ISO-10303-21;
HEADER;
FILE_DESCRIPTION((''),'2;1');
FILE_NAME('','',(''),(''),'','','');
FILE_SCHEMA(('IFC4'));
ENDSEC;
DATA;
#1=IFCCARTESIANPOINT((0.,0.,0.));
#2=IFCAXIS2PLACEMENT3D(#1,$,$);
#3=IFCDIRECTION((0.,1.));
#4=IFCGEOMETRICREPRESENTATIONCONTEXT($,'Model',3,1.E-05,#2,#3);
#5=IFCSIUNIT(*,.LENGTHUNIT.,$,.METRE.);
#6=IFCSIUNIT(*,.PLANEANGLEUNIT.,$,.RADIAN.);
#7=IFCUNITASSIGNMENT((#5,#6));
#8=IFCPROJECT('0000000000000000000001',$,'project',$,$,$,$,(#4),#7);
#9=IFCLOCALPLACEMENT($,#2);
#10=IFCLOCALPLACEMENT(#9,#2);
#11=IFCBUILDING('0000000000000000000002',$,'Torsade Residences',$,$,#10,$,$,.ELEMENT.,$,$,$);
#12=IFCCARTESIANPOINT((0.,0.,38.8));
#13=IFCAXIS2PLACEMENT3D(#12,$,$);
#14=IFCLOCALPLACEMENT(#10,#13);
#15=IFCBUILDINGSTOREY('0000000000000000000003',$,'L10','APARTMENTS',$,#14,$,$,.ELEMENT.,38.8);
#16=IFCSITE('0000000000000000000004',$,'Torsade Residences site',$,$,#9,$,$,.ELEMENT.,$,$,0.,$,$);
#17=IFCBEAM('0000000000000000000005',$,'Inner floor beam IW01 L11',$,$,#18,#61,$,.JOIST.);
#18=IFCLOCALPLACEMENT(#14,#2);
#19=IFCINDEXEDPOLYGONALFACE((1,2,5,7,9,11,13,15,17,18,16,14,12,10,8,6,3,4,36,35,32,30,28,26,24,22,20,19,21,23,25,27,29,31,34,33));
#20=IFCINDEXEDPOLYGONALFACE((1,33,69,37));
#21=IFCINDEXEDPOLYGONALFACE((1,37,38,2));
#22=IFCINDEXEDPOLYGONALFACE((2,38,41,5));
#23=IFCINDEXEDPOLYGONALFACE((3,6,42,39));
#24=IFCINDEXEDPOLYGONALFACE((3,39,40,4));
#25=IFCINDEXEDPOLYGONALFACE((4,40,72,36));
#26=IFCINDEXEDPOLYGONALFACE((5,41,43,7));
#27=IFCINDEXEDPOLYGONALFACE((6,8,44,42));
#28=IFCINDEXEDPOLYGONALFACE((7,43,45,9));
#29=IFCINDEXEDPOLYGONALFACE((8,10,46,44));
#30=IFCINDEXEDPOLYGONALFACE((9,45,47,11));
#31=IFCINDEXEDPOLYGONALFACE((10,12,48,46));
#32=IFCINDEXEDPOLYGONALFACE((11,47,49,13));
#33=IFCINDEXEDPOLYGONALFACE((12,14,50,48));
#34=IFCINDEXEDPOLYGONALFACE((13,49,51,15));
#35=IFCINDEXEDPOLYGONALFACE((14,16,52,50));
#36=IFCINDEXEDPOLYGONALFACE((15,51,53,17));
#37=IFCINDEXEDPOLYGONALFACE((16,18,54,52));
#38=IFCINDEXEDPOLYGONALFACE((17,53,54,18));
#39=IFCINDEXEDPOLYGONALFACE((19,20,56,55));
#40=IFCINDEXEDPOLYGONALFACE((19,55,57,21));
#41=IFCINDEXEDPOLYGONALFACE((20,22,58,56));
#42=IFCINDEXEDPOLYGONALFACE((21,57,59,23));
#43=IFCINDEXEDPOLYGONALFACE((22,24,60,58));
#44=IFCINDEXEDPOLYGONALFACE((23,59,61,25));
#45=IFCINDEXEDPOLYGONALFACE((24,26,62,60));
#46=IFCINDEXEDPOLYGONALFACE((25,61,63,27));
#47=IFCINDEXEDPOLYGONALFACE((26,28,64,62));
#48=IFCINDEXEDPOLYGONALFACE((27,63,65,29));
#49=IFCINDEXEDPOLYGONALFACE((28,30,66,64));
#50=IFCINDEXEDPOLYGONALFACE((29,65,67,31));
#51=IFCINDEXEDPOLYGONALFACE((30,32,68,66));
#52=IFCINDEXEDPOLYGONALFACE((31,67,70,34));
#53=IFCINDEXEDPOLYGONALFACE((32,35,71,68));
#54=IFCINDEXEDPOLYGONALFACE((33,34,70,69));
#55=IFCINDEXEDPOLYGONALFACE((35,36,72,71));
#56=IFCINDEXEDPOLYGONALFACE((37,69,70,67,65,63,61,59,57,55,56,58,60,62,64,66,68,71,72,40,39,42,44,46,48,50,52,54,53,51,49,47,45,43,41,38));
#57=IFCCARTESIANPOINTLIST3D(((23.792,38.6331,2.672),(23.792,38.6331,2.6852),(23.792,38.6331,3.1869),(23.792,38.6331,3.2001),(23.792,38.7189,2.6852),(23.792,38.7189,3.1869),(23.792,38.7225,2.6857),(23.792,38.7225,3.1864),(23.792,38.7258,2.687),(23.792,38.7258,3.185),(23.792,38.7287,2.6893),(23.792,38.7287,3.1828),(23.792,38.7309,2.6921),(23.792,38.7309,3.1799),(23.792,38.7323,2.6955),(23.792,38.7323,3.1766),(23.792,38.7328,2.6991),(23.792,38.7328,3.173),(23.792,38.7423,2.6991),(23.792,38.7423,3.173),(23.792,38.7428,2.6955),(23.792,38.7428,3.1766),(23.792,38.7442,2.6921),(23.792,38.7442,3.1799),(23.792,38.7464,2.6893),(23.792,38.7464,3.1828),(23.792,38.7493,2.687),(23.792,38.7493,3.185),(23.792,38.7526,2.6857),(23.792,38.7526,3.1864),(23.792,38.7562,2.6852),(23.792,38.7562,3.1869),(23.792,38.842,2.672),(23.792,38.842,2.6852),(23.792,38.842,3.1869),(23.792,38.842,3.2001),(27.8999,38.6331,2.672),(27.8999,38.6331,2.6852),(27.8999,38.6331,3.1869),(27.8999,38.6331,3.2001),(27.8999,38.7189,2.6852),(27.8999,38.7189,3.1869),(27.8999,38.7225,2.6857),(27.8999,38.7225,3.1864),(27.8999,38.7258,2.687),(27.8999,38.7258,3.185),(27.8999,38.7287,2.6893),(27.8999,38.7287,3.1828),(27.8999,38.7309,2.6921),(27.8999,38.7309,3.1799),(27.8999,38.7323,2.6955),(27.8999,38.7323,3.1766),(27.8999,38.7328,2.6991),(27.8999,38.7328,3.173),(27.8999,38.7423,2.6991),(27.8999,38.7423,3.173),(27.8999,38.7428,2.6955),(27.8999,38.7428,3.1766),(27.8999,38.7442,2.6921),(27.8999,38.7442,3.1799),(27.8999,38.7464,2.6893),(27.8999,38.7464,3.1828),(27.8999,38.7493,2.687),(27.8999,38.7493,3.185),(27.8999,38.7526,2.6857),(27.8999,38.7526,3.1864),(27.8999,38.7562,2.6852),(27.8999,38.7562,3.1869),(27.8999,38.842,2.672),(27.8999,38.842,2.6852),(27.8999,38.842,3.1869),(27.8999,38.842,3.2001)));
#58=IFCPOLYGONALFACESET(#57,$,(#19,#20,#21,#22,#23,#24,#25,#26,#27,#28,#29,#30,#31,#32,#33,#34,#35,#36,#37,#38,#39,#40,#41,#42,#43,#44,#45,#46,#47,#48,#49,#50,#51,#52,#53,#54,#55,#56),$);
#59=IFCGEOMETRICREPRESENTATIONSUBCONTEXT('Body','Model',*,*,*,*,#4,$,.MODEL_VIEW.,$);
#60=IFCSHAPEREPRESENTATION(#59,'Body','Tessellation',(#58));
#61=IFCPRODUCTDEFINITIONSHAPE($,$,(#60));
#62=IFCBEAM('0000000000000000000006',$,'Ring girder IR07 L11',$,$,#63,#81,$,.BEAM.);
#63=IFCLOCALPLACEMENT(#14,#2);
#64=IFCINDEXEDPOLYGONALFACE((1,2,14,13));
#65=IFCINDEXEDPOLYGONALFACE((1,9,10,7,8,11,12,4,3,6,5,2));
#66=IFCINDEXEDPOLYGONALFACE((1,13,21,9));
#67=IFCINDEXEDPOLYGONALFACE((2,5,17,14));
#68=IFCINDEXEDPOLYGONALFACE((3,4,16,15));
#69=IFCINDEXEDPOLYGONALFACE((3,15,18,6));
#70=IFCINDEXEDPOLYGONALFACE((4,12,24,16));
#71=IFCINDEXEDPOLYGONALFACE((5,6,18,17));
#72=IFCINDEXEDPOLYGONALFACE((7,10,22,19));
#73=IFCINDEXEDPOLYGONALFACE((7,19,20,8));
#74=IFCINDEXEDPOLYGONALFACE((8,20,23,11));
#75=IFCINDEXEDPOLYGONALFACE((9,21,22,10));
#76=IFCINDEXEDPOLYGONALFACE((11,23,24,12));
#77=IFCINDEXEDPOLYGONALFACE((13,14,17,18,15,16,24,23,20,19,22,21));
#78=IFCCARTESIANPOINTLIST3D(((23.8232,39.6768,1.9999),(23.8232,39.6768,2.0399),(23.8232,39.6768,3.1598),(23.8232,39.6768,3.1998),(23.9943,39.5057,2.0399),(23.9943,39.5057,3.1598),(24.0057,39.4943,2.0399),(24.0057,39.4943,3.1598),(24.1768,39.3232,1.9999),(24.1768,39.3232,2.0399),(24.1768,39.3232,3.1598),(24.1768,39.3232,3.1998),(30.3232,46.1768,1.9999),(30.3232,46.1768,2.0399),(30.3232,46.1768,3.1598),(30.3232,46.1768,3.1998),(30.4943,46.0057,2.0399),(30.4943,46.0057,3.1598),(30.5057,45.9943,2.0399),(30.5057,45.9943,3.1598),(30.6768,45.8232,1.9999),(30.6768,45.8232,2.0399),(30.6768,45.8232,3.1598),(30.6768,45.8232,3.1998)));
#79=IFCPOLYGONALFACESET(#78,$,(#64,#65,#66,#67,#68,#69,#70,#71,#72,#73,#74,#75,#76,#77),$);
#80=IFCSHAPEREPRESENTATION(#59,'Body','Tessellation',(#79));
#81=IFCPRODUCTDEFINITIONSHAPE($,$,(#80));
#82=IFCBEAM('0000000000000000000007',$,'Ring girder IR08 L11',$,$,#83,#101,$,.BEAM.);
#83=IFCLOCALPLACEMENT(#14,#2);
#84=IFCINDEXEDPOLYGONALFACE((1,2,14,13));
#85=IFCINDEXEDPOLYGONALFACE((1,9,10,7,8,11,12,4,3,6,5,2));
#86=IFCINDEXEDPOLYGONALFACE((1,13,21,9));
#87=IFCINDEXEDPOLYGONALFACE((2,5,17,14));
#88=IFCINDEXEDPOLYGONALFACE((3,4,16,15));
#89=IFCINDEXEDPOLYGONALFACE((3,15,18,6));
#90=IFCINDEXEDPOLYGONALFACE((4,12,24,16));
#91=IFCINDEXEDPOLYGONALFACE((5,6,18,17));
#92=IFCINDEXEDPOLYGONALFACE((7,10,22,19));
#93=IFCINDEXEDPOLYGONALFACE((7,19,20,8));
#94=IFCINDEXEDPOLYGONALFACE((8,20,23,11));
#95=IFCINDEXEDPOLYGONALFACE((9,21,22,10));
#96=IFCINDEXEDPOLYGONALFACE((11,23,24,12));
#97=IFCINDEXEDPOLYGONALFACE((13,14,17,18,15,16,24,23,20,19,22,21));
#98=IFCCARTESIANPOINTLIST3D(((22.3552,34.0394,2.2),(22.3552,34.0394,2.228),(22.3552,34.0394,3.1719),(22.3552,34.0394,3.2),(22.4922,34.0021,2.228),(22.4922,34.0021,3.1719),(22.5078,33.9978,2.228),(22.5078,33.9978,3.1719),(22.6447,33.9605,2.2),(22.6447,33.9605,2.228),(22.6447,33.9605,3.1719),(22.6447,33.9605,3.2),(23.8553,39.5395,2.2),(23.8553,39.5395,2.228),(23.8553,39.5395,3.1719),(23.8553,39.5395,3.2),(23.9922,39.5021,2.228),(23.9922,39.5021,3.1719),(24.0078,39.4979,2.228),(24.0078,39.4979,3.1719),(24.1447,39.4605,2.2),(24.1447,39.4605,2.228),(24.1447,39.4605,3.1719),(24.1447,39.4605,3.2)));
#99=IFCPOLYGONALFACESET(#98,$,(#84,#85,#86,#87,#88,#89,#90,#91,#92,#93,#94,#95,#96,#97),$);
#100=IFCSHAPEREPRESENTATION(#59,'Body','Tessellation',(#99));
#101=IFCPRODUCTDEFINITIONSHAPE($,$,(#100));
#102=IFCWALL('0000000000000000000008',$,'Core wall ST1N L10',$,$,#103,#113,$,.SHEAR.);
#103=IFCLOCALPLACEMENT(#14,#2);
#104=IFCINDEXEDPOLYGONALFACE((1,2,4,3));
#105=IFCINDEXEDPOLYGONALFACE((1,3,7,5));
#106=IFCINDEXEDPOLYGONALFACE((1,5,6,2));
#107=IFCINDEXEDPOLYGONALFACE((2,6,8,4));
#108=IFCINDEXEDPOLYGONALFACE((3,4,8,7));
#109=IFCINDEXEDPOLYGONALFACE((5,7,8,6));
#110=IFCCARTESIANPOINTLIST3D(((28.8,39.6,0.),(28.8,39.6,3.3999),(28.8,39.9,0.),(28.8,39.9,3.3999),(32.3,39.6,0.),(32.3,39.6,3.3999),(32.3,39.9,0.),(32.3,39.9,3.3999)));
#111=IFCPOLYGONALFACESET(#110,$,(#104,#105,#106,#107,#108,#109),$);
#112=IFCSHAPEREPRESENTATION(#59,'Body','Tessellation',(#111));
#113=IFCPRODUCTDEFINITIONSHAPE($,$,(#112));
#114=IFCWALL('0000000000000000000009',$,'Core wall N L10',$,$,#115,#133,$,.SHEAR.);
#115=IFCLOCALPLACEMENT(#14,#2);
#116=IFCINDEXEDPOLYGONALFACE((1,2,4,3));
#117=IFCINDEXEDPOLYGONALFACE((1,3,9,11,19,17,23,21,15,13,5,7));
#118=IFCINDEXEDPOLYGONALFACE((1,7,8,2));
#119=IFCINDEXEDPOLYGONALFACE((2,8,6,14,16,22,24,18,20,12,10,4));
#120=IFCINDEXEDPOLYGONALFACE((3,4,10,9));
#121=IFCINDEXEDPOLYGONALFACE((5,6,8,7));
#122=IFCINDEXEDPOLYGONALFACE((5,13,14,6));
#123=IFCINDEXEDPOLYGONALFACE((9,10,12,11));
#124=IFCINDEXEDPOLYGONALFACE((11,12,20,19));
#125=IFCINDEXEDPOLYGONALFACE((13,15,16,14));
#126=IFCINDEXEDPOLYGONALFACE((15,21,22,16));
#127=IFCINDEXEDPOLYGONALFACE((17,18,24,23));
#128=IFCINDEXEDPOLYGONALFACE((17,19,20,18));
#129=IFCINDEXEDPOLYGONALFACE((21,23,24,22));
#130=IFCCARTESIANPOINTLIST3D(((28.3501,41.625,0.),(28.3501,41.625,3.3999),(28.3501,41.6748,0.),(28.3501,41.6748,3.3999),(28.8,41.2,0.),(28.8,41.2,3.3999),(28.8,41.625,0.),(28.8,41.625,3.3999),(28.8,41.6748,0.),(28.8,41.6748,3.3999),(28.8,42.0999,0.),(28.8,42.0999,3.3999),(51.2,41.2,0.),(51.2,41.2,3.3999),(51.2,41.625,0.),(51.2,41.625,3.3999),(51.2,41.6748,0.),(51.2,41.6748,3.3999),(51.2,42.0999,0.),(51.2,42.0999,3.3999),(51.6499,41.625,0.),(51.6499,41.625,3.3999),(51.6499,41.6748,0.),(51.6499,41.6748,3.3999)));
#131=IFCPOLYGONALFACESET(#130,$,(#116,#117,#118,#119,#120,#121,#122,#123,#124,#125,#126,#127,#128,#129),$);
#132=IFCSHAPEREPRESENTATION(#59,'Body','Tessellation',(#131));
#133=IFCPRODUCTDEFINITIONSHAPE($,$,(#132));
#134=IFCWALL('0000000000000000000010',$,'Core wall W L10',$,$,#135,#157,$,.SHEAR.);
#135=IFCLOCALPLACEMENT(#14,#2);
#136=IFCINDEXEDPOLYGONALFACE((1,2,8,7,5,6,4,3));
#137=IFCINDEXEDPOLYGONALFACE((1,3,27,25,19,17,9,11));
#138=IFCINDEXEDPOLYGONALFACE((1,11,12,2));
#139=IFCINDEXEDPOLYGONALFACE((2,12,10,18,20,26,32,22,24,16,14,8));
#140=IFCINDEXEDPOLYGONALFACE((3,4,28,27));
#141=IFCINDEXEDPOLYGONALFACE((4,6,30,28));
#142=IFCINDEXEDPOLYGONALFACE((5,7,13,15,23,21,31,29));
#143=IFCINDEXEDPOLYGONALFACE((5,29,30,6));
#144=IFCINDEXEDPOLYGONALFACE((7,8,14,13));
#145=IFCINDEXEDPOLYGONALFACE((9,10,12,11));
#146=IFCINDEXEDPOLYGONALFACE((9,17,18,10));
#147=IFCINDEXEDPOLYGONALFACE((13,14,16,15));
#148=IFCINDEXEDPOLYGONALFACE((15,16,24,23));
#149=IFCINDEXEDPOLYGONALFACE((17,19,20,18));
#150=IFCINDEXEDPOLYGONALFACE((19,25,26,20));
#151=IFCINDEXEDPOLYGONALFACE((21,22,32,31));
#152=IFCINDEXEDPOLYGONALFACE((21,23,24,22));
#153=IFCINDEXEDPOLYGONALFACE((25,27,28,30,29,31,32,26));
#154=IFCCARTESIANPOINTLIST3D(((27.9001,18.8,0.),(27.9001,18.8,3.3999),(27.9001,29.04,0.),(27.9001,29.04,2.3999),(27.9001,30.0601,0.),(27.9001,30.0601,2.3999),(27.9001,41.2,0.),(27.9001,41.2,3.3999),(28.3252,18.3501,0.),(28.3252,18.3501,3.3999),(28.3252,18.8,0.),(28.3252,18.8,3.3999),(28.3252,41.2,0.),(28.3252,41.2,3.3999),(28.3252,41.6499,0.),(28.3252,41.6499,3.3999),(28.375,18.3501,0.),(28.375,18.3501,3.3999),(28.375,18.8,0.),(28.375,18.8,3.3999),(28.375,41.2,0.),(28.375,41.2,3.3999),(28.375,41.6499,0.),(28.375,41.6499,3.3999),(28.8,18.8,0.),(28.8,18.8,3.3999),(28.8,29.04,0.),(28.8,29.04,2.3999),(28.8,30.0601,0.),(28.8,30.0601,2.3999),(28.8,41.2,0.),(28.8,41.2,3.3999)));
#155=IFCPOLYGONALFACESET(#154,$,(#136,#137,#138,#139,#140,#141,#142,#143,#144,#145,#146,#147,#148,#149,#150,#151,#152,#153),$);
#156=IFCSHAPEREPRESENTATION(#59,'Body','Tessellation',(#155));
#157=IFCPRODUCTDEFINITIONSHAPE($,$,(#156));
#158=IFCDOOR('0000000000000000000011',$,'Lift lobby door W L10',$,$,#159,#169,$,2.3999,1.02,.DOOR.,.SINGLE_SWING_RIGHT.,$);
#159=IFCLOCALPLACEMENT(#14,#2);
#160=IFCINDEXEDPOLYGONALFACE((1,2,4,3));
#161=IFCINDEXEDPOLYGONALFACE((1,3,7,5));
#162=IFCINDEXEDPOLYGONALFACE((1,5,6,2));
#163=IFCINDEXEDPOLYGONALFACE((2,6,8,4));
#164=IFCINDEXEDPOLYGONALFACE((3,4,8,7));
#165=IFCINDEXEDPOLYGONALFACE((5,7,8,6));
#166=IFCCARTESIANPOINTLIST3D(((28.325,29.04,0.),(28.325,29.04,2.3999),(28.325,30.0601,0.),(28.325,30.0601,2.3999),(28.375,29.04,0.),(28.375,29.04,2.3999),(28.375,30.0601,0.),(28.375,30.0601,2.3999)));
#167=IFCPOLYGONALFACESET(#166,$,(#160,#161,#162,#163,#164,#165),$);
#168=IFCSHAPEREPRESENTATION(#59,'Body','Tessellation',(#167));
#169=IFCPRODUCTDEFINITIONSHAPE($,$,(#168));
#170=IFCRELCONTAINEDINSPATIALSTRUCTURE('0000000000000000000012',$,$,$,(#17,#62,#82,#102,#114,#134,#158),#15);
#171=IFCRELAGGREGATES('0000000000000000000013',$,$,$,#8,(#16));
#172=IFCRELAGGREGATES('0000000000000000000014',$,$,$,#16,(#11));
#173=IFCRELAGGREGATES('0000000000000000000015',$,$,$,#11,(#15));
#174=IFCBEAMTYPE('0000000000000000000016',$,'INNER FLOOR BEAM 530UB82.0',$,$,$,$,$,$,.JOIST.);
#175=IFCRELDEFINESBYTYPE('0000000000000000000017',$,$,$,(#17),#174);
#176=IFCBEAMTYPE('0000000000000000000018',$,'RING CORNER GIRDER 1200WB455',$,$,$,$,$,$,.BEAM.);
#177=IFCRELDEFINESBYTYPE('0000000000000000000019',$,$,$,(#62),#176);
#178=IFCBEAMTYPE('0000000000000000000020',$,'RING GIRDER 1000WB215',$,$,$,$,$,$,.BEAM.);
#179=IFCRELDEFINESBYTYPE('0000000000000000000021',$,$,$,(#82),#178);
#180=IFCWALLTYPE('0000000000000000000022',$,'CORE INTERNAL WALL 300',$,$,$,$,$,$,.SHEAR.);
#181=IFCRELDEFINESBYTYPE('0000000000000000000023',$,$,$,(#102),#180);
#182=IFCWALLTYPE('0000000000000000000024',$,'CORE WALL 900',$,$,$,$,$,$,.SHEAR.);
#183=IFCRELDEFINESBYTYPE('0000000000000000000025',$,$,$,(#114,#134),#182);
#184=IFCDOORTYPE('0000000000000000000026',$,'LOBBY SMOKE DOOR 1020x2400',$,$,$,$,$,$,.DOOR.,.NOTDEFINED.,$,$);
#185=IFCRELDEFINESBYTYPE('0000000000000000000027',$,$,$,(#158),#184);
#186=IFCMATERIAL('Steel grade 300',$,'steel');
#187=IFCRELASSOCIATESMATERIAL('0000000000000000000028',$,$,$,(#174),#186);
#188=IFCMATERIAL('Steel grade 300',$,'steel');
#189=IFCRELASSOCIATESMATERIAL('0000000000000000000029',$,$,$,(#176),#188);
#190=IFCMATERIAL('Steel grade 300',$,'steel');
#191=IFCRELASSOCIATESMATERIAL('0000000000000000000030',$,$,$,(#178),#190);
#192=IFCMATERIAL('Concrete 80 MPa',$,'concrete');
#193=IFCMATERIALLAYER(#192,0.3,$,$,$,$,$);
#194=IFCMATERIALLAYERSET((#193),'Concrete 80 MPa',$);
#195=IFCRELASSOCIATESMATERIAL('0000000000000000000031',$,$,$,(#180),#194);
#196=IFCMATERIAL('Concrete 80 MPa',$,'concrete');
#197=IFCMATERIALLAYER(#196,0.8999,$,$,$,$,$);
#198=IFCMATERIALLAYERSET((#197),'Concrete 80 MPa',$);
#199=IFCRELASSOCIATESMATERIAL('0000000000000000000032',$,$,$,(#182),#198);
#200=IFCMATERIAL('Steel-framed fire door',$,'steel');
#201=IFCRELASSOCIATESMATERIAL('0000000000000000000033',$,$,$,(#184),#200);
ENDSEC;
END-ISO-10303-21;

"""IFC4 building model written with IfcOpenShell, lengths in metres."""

from ifc_helpers import new_model, si_unit, direction, frame, frame_2d, origin, origin_2d, place, context, subcontext, project, spatial, polyline, rectangle, i_section, outline, extrude, material, layer, layer_set, material_profile, profile_set, type_object, element, fill, save


model = new_model("IFC4")

# Units and contexts
model_context = context("Model", 3, precision=1e-05, world=origin(), true_north=direction((0.0, 1.0)))
body_context = subcontext(model_context, "Body", "Model", "MODEL_VIEW")
ifc_project = project(units=[si_unit("LENGTHUNIT", "METRE"), si_unit("PLANEANGLEUNIT", "RADIAN")], contexts=[model_context])

# Site, building, storey
site_placement = place(None, origin())
site = spatial("IfcSite", under=ifc_project, at=site_placement, Name="Torsade Residences site", CompositionType="ELEMENT", RefElevation=0.0)
building_placement = place(site_placement, origin())
building = spatial("IfcBuilding", under=site, at=building_placement, Name="Torsade Residences", CompositionType="ELEMENT")
storey_placement = place(building_placement, frame((0.0, 0.0, 38.8)))
storey = spatial("IfcBuildingStorey", under=building, at=storey_placement, Name="L10", Description="APARTMENTS", CompositionType="ELEMENT", Elevation=38.8)

# Beams
ifc_material_1 = material(Name="Steel grade 300", Category="steel")
ifc_material_profile_1 = material_profile(ifc_material_1, i_section(OverallWidth=0.209, OverallDepth=0.5281, WebThickness=0.0095, FlangeThickness=0.0132, FilletRadius=0.0139, at=origin_2d()), Name="530UB82.0")
ifc_profile_set_1 = profile_set([ifc_material_profile_1], Name="Steel grade 300")
beam_type_1 = type_object("IfcBeamType", Name="INNER FLOOR BEAM 530UB82.0", PredefinedType="JOIST", material=ifc_profile_set_1)
beam_1_placement = place(storey_placement, frame((27.8999, 38.7375, 2.936), z_axis=(-1.0, 0.0, 0.0), x_axis=(0.0, -1.0, 0.0)))
element("IfcBeam", 1, at=beam_1_placement, inside=storey, type_object=beam_type_1, Name="Inner floor beam IW01 L11", PredefinedType="JOIST", context=body_context, shape_type="SweptSolid", body=[
    extrude(i_section(OverallWidth=0.209, OverallDepth=0.5281, WebThickness=0.0095, FlangeThickness=0.0132, FilletRadius=0.0139, at=origin_2d()), origin(), (0.0, 0.0, 1.0), 4.1079),
])
ifc_material_2 = material(Name="Steel grade 300", Category="steel")
ifc_material_profile_2 = material_profile(ifc_material_2, i_section(OverallWidth=0.5, OverallDepth=1.2, WebThickness=0.0161, FlangeThickness=0.04, at=origin_2d()), Name="1200WB455")
ifc_profile_set_2 = profile_set([ifc_material_profile_2], Name="Steel grade 300")
beam_type_2 = type_object("IfcBeamType", Name="RING CORNER GIRDER 1200WB455", PredefinedType="BEAM", material=ifc_profile_set_2)
beam_2_placement = place(storey_placement, frame((30.5, 46.0, 2.5999), z_axis=(-0.707107, -0.707107, 0.0), x_axis=(0.707107, -0.707107, 0.0)))
element("IfcBeam", 2, at=beam_2_placement, inside=storey, type_object=beam_type_2, Name="Ring girder IR07 L11", PredefinedType="BEAM", context=body_context, shape_type="SweptSolid", body=[
    extrude(i_section(OverallWidth=0.5, OverallDepth=1.2, WebThickness=0.0161, FlangeThickness=0.04, at=origin_2d()), origin(), (0.0, 0.0, 1.0), 9.1924),
])
ifc_material_3 = material(Name="Steel grade 300", Category="steel")
ifc_material_profile_3 = material_profile(ifc_material_3, i_section(OverallWidth=0.3, OverallDepth=1.0, WebThickness=0.0161, FlangeThickness=0.0281, at=origin_2d()), Name="1000WB215")
ifc_profile_set_3 = profile_set([ifc_material_profile_3], Name="Steel grade 300")
beam_type_3 = type_object("IfcBeamType", Name="RING GIRDER 1000WB215", PredefinedType="BEAM", material=ifc_profile_set_3)
beam_3_placement = place(storey_placement, frame((24.0, 39.5, 2.7), z_axis=(-0.263117, -0.964764, 0.0), x_axis=(0.964764, -0.263117, 0.0)))
element("IfcBeam", 3, at=beam_3_placement, inside=storey, type_object=beam_type_3, Name="Ring girder IR08 L11", PredefinedType="BEAM", context=body_context, shape_type="SweptSolid", body=[
    extrude(i_section(OverallWidth=0.3, OverallDepth=1.0, WebThickness=0.0161, FlangeThickness=0.0281, at=origin_2d()), origin(), (0.0, 0.0, 1.0), 5.7009),
])

# Walls
ifc_material_4 = material(Name="Concrete 80 MPa", Category="concrete")
ifc_layer_1 = layer(ifc_material_4, 0.3)
ifc_layer_set_1 = layer_set([ifc_layer_1], Name="Concrete 80 MPa")
wall_type_1 = type_object("IfcWallType", Name="CORE INTERNAL WALL 300", PredefinedType="SHEAR", material=ifc_layer_set_1)
wall_1_placement = place(storey_placement, frame((28.8, 39.75, 0.0), z_axis=(0.0, 0.0, 1.0), x_axis=(1.0, 0.0, 0.0)))
element("IfcWall", 4, at=wall_1_placement, inside=storey, type_object=wall_type_1, Name="Core wall ST1N L10", PredefinedType="SHEAR", context=body_context, shape_type="SweptSolid", body=[
    extrude(rectangle(XDim=3.5, YDim=0.3, at=frame_2d((1.75, 0.0))), origin(), (0.0, 0.0, 1.0), 3.3999),
])
ifc_material_5 = material(Name="Concrete 80 MPa", Category="concrete")
ifc_layer_2 = layer(ifc_material_5, 0.8999)
ifc_layer_set_2 = layer_set([ifc_layer_2], Name="Concrete 80 MPa")
wall_type_2 = type_object("IfcWallType", Name="CORE WALL 900", PredefinedType="SHEAR", material=ifc_layer_set_2)
wall_2_placement = place(storey_placement, frame((28.8, 41.6499, 0.0), z_axis=(0.0, 0.0, 1.0), x_axis=(1.0, 0.0, 0.0)))
element("IfcWall", 5, at=wall_2_placement, inside=storey, type_object=wall_type_2, Name="Core wall N L10", PredefinedType="SHEAR", context=body_context, shape_type="SweptSolid", body=[
    extrude(outline(polyline([(0.0, -0.45), (22.3999, -0.45), (22.3999, -0.0249), (22.8499, -0.0249), (22.8499, 0.0249), (22.3999, 0.0249), (22.3999, 0.45), (0.0, 0.45), (0.0, 0.0249), (-0.45, 0.0249), (-0.45, -0.0249), (0.0, -0.0249), (0.0, -0.45)])), origin(), (0.0, 0.0, 1.0), 3.3999),
])

# Wall, opening, door
wall_3_placement = place(storey_placement, frame((28.3501, 41.2, 0.0), z_axis=(0.0, 0.0, 1.0), x_axis=(0.0, -1.0, 0.0)))
wall_3 = element("IfcWall", 6, at=wall_3_placement, inside=storey, type_object=wall_type_2, Name="Core wall W L10", PredefinedType="SHEAR", context=body_context, shape_type="SweptSolid", body=[
    extrude(outline(polyline([(0.0, -0.45), (22.3999, -0.45), (22.3999, -0.0249), (22.8499, -0.0249), (22.8499, 0.0249), (22.3999, 0.0249), (22.3999, 0.45), (0.0, 0.45), (0.0, 0.0249), (-0.45, 0.0249), (-0.45, -0.0249), (0.0, -0.0249), (0.0, -0.45)])), origin(), (0.0, 0.0, 1.0), 3.3999),
])
opening_1_placement = place(wall_3_placement, frame((11.1399, 0.0, 0.0)))
opening_1 = element("IfcOpeningElement", 7, at=opening_1_placement, cuts=wall_3, PredefinedType="OPENING", context=body_context, shape_type="SweptSolid", body=[
    extrude(rectangle(XDim=1.02, YDim=2.3999, at=frame_2d((0.51, 1.2))), frame((0.0, 0.46, 0.0), z_axis=(0.0, -1.0, 0.0), x_axis=(1.0, 0.0, 0.0)), (0.0, 0.0, 1.0), 0.9199),
])
ifc_material_6 = material(Name="Steel-framed fire door", Category="steel")
door_type_1 = type_object("IfcDoorType", Name="LOBBY SMOKE DOOR 1020x2400", OperationType="NOTDEFINED", PredefinedType="DOOR", material=ifc_material_6)
door_1_placement = place(opening_1_placement, origin())
door_1 = element("IfcDoor", 8, at=door_1_placement, inside=storey, type_object=door_type_1, Name="Lift lobby door W L10", OperationType="SINGLE_SWING_RIGHT", OverallHeight=2.3999, OverallWidth=1.02, PredefinedType="DOOR", context=body_context, shape_type="SweptSolid", body=[
    extrude(rectangle(XDim=1.02, YDim=2.3999, at=frame_2d((0.51, 1.2))), frame((0.0, 0.0249, 0.0), z_axis=(0.0, -1.0, 0.0), x_axis=(1.0, 0.0, 0.0)), (0.0, 0.0, 1.0), 0.05),
])
fill(opening_1, door_1)

save(model, "model.ifc")
